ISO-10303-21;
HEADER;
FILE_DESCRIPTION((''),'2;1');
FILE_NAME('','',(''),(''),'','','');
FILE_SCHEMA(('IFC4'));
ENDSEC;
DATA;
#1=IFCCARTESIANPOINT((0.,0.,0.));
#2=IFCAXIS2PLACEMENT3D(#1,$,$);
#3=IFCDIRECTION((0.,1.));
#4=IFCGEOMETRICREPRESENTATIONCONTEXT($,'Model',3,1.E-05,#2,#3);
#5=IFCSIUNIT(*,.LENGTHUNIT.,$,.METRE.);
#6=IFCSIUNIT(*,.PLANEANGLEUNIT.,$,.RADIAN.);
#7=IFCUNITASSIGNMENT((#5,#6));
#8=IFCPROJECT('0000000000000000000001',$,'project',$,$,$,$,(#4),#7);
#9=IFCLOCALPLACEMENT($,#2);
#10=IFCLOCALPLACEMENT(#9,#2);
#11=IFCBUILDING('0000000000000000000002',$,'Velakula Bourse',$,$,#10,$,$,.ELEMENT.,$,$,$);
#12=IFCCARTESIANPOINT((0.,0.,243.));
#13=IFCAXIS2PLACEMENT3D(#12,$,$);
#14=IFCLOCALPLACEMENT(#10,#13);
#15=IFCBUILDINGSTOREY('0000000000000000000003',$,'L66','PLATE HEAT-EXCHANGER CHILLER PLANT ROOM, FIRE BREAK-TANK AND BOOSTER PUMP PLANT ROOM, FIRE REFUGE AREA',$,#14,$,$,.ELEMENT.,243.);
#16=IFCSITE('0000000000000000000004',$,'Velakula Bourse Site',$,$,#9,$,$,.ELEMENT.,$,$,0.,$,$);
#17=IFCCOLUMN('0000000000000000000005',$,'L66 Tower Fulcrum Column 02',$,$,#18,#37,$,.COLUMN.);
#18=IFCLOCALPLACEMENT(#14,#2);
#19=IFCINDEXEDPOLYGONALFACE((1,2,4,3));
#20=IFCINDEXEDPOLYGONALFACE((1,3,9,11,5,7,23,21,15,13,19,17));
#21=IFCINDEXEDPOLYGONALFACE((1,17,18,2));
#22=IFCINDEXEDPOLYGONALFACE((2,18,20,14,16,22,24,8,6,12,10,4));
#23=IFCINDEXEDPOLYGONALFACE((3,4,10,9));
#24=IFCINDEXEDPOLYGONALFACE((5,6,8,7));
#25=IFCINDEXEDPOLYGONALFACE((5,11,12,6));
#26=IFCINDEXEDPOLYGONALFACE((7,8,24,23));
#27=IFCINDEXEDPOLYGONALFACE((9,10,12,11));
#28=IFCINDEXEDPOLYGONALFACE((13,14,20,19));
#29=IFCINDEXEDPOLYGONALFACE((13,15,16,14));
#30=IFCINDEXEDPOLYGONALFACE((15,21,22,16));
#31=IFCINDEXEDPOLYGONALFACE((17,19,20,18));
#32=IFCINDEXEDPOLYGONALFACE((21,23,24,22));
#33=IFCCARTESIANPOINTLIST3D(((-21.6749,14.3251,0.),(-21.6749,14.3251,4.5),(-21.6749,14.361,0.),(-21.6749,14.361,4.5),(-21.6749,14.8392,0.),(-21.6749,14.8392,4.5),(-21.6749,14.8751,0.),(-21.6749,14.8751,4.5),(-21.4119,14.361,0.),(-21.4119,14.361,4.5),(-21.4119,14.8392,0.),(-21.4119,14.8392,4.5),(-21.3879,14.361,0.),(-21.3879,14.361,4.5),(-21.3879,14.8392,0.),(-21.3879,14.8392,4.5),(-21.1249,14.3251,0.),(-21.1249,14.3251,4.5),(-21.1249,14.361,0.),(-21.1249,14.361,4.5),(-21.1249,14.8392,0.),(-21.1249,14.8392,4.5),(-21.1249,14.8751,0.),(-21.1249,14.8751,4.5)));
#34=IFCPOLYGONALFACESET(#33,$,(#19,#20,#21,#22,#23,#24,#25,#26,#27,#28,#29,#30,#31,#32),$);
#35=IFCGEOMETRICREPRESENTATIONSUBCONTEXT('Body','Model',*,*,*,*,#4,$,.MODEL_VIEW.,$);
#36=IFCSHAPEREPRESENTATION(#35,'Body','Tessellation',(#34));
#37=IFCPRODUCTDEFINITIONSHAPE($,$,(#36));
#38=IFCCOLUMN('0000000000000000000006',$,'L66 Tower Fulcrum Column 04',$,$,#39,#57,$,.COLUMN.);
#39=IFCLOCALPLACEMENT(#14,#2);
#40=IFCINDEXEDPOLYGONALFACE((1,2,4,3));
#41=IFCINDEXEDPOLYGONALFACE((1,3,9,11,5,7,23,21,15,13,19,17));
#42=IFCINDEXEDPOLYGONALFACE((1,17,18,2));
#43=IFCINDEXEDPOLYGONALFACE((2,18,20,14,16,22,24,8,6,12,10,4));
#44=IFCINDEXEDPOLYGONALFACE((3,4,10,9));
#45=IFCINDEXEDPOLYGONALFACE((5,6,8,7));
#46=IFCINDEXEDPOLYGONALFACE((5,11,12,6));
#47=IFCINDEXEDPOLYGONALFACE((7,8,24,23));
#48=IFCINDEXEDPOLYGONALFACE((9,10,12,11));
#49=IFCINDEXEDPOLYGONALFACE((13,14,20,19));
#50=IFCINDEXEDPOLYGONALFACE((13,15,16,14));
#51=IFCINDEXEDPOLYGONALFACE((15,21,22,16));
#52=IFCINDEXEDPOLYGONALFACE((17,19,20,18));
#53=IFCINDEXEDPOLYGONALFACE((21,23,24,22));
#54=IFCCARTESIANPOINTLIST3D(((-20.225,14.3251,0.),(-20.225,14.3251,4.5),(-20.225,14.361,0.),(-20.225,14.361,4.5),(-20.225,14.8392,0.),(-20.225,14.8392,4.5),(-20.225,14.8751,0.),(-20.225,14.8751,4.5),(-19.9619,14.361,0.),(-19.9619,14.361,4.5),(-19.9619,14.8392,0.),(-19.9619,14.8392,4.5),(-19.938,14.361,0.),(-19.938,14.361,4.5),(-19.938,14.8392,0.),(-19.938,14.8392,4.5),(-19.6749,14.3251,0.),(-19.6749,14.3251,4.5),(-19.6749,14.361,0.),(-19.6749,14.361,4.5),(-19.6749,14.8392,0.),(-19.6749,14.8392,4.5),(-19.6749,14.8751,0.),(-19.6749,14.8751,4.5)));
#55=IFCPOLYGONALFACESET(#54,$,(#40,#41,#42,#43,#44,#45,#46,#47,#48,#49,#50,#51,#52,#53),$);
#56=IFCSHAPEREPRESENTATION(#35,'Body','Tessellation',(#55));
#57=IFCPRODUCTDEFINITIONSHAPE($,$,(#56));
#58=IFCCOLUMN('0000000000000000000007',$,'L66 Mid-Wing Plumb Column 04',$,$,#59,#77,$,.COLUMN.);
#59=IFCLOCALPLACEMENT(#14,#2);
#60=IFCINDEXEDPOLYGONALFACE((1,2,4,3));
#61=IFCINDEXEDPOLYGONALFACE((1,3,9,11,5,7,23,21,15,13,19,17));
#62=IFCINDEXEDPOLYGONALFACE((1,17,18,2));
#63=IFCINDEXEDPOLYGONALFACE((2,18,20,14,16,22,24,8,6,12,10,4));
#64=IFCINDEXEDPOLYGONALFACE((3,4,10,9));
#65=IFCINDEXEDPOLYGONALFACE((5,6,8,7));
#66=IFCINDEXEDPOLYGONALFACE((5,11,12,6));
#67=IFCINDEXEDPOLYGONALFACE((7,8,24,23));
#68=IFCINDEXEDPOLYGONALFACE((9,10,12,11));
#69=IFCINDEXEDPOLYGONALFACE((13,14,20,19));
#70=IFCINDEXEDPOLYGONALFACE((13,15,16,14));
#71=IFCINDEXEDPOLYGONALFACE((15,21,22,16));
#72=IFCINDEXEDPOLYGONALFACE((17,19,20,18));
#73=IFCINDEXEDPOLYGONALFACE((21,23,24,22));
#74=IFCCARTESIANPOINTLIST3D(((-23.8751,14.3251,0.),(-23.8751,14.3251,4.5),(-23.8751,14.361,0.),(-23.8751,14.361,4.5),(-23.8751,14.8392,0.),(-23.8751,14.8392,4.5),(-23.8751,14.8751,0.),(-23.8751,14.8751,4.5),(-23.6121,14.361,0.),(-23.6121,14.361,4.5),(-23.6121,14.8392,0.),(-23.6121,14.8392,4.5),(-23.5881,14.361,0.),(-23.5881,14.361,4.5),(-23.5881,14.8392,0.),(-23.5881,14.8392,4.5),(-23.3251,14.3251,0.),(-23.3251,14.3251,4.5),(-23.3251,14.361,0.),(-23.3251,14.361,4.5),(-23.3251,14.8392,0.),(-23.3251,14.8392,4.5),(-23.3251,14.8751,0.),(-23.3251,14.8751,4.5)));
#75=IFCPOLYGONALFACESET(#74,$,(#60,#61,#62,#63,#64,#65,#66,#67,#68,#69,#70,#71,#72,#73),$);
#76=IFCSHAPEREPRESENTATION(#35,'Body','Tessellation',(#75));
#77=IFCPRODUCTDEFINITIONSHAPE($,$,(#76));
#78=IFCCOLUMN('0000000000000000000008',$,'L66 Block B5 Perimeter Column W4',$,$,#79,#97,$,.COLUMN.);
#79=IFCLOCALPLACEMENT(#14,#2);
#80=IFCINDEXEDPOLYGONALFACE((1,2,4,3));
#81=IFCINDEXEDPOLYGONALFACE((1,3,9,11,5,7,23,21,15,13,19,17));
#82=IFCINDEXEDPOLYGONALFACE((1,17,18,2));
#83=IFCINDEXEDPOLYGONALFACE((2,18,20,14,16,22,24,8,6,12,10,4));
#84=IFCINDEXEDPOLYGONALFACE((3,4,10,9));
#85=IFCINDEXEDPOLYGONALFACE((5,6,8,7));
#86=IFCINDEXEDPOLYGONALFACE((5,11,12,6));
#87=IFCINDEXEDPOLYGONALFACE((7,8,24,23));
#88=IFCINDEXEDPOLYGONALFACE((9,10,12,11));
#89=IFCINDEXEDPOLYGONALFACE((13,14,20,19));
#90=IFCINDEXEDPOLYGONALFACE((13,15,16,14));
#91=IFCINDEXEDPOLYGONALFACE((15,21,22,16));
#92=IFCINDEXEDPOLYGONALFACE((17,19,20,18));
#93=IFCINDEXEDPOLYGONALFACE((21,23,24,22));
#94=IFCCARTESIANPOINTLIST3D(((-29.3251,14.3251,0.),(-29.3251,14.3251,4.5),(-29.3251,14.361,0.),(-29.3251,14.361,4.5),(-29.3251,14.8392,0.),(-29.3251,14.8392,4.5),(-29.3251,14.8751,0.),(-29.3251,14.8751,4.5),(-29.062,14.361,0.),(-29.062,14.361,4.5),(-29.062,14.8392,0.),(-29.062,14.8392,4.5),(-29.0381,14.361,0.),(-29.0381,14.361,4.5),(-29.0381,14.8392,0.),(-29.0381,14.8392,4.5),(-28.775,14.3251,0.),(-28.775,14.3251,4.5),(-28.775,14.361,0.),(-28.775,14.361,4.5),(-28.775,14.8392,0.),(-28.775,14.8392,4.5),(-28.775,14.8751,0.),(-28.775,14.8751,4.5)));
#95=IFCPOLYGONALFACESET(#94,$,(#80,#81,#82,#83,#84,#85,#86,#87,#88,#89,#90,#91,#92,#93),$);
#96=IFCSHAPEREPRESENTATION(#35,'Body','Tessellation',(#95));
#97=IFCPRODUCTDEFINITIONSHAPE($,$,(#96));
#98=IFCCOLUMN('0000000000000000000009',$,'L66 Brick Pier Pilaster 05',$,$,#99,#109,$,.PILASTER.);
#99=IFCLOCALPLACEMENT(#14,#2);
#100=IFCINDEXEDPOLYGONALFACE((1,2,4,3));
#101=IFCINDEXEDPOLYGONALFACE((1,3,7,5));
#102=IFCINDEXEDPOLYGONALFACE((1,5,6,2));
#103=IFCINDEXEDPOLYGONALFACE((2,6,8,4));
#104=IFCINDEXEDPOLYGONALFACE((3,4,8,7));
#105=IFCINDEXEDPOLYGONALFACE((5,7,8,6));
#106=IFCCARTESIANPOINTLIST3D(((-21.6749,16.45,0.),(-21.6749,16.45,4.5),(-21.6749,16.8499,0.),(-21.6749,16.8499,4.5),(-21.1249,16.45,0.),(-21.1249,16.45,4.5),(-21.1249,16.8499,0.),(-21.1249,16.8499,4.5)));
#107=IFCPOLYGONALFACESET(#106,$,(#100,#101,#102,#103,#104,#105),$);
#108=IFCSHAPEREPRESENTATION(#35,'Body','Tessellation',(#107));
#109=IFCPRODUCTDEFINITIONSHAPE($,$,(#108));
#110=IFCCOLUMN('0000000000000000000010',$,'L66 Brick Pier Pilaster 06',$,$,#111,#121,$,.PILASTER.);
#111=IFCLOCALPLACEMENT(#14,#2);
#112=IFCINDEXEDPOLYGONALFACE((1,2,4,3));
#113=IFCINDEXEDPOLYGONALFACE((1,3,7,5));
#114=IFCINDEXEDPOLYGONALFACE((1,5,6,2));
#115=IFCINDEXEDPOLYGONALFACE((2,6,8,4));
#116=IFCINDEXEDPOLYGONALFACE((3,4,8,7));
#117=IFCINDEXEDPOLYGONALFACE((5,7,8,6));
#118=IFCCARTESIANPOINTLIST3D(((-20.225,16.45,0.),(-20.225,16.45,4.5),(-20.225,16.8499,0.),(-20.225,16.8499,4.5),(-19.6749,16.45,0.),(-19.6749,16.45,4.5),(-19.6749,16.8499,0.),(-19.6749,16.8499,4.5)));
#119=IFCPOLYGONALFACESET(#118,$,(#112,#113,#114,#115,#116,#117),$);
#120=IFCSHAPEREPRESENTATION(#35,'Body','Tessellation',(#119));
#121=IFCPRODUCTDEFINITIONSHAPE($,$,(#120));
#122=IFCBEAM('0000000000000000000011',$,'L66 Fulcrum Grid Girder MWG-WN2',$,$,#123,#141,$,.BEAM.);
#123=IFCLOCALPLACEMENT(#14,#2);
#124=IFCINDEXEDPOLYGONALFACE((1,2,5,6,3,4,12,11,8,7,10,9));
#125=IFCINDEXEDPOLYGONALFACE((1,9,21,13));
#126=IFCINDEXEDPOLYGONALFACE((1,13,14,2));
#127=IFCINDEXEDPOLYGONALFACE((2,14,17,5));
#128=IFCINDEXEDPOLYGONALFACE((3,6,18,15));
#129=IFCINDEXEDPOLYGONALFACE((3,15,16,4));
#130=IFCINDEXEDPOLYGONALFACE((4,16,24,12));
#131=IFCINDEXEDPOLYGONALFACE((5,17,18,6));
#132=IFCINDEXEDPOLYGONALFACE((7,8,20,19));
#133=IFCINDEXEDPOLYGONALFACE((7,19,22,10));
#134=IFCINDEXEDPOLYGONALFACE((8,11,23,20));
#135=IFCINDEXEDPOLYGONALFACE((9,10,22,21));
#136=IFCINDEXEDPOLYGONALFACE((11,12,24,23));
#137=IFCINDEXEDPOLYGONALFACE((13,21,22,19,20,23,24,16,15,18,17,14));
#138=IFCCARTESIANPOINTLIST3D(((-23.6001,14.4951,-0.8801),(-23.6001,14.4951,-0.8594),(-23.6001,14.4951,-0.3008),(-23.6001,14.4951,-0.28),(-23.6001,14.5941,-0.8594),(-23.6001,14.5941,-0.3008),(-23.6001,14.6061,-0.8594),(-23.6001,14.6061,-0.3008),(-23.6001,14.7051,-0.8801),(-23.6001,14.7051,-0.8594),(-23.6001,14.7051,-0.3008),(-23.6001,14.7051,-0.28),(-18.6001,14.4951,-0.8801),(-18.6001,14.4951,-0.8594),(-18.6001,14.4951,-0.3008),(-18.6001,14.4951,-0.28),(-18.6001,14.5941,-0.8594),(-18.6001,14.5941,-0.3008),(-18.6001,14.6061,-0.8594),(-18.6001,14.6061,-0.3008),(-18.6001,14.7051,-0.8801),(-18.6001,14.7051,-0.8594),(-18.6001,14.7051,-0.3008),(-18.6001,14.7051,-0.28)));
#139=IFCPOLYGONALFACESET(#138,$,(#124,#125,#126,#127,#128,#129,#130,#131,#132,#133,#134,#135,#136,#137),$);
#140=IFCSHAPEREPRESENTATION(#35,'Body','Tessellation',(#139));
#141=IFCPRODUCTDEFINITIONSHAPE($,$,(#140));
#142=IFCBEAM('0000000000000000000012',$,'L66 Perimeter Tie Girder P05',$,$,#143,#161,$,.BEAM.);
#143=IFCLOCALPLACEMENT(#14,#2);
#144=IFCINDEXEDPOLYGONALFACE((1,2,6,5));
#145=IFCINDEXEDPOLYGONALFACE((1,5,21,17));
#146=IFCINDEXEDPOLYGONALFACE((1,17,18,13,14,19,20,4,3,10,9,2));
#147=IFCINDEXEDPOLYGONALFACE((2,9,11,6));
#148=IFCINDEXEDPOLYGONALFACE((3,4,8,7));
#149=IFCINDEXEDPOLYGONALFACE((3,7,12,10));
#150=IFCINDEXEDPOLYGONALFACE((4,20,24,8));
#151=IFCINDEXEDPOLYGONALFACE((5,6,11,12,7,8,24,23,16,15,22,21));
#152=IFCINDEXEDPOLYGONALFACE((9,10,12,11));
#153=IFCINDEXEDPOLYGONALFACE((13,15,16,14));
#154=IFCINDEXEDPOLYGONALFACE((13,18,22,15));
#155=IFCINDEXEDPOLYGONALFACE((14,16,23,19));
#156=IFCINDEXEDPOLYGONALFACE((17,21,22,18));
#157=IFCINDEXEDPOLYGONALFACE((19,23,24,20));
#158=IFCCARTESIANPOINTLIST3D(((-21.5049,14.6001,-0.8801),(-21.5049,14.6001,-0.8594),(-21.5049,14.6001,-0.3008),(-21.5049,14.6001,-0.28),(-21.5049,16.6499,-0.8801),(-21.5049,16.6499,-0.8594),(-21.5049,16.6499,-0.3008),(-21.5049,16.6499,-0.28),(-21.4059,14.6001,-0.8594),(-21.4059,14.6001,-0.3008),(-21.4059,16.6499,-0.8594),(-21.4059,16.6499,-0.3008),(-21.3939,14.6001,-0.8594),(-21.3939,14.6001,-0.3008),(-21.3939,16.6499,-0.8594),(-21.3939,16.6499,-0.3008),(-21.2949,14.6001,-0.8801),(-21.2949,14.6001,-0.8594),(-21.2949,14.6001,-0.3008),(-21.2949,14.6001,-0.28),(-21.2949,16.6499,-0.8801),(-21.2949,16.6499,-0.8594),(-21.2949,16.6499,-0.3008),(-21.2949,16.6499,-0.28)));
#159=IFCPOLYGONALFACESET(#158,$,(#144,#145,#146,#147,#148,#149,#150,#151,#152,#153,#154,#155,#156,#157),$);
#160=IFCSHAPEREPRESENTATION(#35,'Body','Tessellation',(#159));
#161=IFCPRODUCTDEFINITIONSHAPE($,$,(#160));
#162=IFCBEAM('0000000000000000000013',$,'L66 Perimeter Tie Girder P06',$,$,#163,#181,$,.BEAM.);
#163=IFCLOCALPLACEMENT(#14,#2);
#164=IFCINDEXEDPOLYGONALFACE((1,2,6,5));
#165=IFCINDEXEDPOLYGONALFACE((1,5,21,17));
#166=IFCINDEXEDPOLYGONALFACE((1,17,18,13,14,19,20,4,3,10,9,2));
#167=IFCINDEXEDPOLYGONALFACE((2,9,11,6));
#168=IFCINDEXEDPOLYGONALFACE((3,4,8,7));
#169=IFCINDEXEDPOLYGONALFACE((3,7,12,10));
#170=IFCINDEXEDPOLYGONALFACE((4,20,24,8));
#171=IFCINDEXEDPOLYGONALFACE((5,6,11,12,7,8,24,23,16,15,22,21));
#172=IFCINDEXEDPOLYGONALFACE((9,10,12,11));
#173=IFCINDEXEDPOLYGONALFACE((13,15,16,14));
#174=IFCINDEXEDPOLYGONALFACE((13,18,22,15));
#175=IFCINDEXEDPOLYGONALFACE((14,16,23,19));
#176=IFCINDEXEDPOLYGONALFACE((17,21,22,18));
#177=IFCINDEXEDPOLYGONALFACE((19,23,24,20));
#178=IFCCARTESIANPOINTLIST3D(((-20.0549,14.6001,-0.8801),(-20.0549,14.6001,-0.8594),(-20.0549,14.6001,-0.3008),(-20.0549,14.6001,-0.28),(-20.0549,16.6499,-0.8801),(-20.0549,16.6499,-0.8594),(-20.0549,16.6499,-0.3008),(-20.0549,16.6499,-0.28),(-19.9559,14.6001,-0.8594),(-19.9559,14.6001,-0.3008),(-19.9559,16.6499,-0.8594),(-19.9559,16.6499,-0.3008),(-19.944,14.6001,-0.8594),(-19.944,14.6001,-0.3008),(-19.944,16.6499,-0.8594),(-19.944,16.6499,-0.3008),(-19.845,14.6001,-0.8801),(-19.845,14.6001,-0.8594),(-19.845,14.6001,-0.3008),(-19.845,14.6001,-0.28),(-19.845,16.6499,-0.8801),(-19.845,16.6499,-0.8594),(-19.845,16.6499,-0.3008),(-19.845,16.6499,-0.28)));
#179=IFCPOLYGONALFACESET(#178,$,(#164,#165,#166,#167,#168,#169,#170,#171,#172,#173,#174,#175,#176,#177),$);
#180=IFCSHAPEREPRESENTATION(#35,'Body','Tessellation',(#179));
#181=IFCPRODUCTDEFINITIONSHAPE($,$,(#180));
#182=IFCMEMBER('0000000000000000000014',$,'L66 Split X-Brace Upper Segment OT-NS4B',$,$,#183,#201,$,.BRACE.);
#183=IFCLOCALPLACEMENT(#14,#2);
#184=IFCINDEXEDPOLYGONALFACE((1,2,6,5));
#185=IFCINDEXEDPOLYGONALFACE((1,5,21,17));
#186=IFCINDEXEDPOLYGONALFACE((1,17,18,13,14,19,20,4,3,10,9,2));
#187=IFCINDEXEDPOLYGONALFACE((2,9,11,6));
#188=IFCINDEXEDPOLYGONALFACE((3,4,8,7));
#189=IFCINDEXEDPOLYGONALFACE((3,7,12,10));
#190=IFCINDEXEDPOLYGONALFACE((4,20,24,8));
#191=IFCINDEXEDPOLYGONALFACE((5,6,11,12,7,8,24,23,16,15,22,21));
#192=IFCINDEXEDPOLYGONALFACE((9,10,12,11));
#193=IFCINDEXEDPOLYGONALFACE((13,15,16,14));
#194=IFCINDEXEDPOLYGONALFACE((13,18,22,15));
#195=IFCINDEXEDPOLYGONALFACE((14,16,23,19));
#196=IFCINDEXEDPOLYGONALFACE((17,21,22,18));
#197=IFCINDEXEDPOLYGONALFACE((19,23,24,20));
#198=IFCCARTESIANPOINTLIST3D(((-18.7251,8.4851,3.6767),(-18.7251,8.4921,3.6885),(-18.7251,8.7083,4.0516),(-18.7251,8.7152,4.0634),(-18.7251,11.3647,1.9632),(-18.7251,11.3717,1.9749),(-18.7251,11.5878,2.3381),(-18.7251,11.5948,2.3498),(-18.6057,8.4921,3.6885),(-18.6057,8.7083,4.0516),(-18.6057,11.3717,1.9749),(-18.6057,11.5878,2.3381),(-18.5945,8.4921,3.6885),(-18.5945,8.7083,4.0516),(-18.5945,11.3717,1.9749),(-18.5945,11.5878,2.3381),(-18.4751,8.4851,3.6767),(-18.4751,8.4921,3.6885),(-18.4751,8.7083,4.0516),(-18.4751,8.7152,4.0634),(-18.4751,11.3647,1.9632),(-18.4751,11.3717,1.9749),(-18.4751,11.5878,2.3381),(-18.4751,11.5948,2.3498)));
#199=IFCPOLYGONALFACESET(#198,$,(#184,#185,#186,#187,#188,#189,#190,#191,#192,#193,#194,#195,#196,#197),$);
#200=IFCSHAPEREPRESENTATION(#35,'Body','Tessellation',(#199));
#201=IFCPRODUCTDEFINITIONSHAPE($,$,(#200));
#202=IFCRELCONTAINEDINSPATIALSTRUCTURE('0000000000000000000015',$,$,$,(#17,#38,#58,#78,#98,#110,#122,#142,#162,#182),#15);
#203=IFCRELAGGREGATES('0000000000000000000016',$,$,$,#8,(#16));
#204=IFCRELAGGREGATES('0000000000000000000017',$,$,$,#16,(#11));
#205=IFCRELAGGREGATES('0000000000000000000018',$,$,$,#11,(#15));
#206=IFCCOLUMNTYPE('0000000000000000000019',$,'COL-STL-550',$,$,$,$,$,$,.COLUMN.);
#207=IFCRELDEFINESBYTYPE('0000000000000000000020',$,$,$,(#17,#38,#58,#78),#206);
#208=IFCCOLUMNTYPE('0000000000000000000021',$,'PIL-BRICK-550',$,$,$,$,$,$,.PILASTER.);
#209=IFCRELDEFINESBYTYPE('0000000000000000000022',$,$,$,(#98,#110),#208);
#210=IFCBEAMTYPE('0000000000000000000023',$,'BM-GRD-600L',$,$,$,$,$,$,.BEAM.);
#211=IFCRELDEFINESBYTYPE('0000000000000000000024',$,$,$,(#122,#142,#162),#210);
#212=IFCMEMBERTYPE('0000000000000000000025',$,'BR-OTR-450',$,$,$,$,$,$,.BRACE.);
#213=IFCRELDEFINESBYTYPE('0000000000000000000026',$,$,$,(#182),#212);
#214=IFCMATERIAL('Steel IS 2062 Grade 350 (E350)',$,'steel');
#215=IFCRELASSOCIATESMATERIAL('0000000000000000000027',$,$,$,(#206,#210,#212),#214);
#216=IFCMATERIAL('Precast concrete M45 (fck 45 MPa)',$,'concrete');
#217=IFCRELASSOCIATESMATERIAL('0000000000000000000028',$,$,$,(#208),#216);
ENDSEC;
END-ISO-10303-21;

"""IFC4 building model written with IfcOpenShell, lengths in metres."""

from ifc_helpers import new_model, si_unit, direction, frame, origin, origin_2d, place, context, subcontext, project, spatial, rectangle, i_section, extrude, material, material_profile, profile_set, type_object, element, save


model = new_model("IFC4")

# Units and contexts
model_context = context("Model", 3, precision=1e-05, world=origin(), true_north=direction((0.0, 1.0)))
body_context = subcontext(model_context, "Body", "Model", "MODEL_VIEW")
ifc_project = project(units=[si_unit("LENGTHUNIT", "METRE"), si_unit("PLANEANGLEUNIT", "RADIAN")], contexts=[model_context])

# Site, building, storey
site_placement = place(None, origin())
site = spatial("IfcSite", under=ifc_project, at=site_placement, Name="Velakula Bourse Site", CompositionType="ELEMENT", RefElevation=0.0)
building_placement = place(site_placement, origin())
building = spatial("IfcBuilding", under=site, at=building_placement, Name="Velakula Bourse", CompositionType="ELEMENT")
storey_placement = place(building_placement, frame((0.0, 0.0, 243.0)))
storey = spatial("IfcBuildingStorey", under=building, at=storey_placement, Name="L66", Description="PLATE HEAT-EXCHANGER CHILLER PLANT ROOM, FIRE BREAK-TANK AND BOOSTER PUMP PLANT ROOM, FIRE REFUGE AREA", CompositionType="ELEMENT", Elevation=243.0)

# Columns
ifc_material_1 = material(Name="Steel IS 2062 Grade 350 (E350)", Category="steel")
ifc_material_profile_1 = material_profile(ifc_material_1, i_section(OverallWidth=0.55, OverallDepth=0.55, WebThickness=0.0239, FlangeThickness=0.0359, at=origin_2d()), Name="Steel IS 2062 Grade 350 (E350)")
ifc_profile_set_1 = profile_set([ifc_material_profile_1], Name="Steel IS 2062 Grade 350 (E350)")
column_type_1 = type_object("IfcColumnType", Name="COL-STL-550", PredefinedType="COLUMN", material=ifc_profile_set_1)
for number, where, z_axis, x_axis, name in (
    (1, (-21.3999, 14.6001, 0.0), (0.0, 0.0, 1.0), (1.0, 0.0, 0.0), "L66 Tower Fulcrum Column 02"),
    (2, (-19.95, 14.6001, 0.0), (0.0, 0.0, 1.0), (1.0, 0.0, 0.0), "L66 Tower Fulcrum Column 04"),
    (3, (-23.6001, 14.6001, 0.0), (0.0, 0.0, 1.0), (1.0, 0.0, 0.0), "L66 Mid-Wing Plumb Column 04"),
    (4, (-29.05, 14.6001, 0.0), (0.0, 0.0, 1.0), (1.0, 0.0, 0.0), "L66 Block B5 Perimeter Column W4"),
):
    element("IfcColumn", number, at=place(storey_placement, frame(where, z_axis=z_axis, x_axis=x_axis)), inside=storey, type_object=column_type_1, Name=name, PredefinedType="COLUMN", context=body_context, shape_type="SweptSolid", body=[
        extrude(i_section(OverallWidth=0.55, OverallDepth=0.55, WebThickness=0.0239, FlangeThickness=0.0359, at=origin_2d()), origin(), (0.0, 0.0, 1.0), 4.5),
    ])
ifc_material_2 = material(Name="Precast concrete M45 (fck 45 MPa)", Category="concrete")
ifc_material_profile_2 = material_profile(ifc_material_2, rectangle(XDim=0.55, YDim=0.3999, at=origin_2d()), Name="Precast concrete M45 (fck 45 MPa)")
ifc_profile_set_2 = profile_set([ifc_material_profile_2], Name="Precast concrete M45 (fck 45 MPa)")
column_type_2 = type_object("IfcColumnType", Name="PIL-BRICK-550", PredefinedType="PILASTER", material=ifc_profile_set_2)
for number, where, z_axis, x_axis, name in (
    (5, (-21.3999, 16.6499, 0.0), (0.0, 0.0, 1.0), (1.0, 0.0, 0.0), "L66 Brick Pier Pilaster 05"),
    (6, (-19.95, 16.6499, 0.0), (0.0, 0.0, 1.0), (1.0, 0.0, 0.0), "L66 Brick Pier Pilaster 06"),
):
    element("IfcColumn", number, at=place(storey_placement, frame(where, z_axis=z_axis, x_axis=x_axis)), inside=storey, type_object=column_type_2, Name=name, PredefinedType="PILASTER", context=body_context, shape_type="SweptSolid", body=[
        extrude(rectangle(XDim=0.55, YDim=0.3999, at=origin_2d()), origin(), (0.0, 0.0, 1.0), 4.5),
    ])

# Beams
ifc_material_profile_3 = material_profile(ifc_material_1, i_section(OverallWidth=0.21, OverallDepth=0.6001, WebThickness=0.012, FlangeThickness=0.0208, at=origin_2d()), Name="Steel IS 2062 Grade 350 (E350)")
ifc_profile_set_3 = profile_set([ifc_material_profile_3], Name="Steel IS 2062 Grade 350 (E350)")
beam_type_1 = type_object("IfcBeamType", Name="BM-GRD-600L", PredefinedType="BEAM", material=ifc_profile_set_3)
beam_1_placement = place(storey_placement, frame((-23.6001, 14.6001, -0.5801), z_axis=(1.0, 0.0, 0.0), x_axis=(0.0, 1.0, 0.0)))
element("IfcBeam", 7, at=beam_1_placement, inside=storey, type_object=beam_type_1, Name="L66 Fulcrum Grid Girder MWG-WN2", PredefinedType="BEAM", context=body_context, shape_type="SweptSolid", body=[
    extrude(i_section(OverallWidth=0.21, OverallDepth=0.6001, WebThickness=0.012, FlangeThickness=0.0208, at=origin_2d()), origin(), (0.0, 0.0, 1.0), 5.0),
])
for number, where, z_axis, x_axis, name in (
    (8, (-21.3999, 14.6001, -0.5801), (0.0, 1.0, 0.0), (-1.0, 0.0, 0.0), "L66 Perimeter Tie Girder P05"),
    (9, (-19.95, 14.6001, -0.5801), (0.0, 1.0, 0.0), (-1.0, 0.0, 0.0), "L66 Perimeter Tie Girder P06"),
):
    element("IfcBeam", number, at=place(storey_placement, frame(where, z_axis=z_axis, x_axis=x_axis)), inside=storey, type_object=beam_type_1, Name=name, PredefinedType="BEAM", context=body_context, shape_type="SweptSolid", body=[
        extrude(i_section(OverallWidth=0.21, OverallDepth=0.6001, WebThickness=0.012, FlangeThickness=0.0208, at=origin_2d()), origin(), (0.0, 0.0, 1.0), 2.0498),
    ])

# Member
ifc_material_profile_4 = material_profile(ifc_material_1, i_section(OverallWidth=0.25, OverallDepth=0.45, WebThickness=0.0112, FlangeThickness=0.0137, at=origin_2d()), Name="Steel IS 2062 Grade 350 (E350)")
ifc_profile_set_4 = profile_set([ifc_material_profile_4], Name="Steel IS 2062 Grade 350 (E350)")
member_type = type_object("IfcMemberType", Name="BR-OTR-450", PredefinedType="BRACE", material=ifc_profile_set_4)
member_placement = place(storey_placement, frame((-18.6001, 11.4797, 2.1565), z_axis=(0.0, -0.859352, 0.511385), x_axis=(1.0, 0.0, 0.0)))
element("IfcMember", 10, at=member_placement, inside=storey, type_object=member_type, Name="L66 Split X-Brace Upper Segment OT-NS4B", PredefinedType="BRACE", context=body_context, shape_type="SweptSolid", body=[
    extrude(i_section(OverallWidth=0.25, OverallDepth=0.45, WebThickness=0.0112, FlangeThickness=0.0137, at=origin_2d()), origin(), (0.0, 0.0, 1.0), 3.3508),
])

save(model, "model.ifc")
